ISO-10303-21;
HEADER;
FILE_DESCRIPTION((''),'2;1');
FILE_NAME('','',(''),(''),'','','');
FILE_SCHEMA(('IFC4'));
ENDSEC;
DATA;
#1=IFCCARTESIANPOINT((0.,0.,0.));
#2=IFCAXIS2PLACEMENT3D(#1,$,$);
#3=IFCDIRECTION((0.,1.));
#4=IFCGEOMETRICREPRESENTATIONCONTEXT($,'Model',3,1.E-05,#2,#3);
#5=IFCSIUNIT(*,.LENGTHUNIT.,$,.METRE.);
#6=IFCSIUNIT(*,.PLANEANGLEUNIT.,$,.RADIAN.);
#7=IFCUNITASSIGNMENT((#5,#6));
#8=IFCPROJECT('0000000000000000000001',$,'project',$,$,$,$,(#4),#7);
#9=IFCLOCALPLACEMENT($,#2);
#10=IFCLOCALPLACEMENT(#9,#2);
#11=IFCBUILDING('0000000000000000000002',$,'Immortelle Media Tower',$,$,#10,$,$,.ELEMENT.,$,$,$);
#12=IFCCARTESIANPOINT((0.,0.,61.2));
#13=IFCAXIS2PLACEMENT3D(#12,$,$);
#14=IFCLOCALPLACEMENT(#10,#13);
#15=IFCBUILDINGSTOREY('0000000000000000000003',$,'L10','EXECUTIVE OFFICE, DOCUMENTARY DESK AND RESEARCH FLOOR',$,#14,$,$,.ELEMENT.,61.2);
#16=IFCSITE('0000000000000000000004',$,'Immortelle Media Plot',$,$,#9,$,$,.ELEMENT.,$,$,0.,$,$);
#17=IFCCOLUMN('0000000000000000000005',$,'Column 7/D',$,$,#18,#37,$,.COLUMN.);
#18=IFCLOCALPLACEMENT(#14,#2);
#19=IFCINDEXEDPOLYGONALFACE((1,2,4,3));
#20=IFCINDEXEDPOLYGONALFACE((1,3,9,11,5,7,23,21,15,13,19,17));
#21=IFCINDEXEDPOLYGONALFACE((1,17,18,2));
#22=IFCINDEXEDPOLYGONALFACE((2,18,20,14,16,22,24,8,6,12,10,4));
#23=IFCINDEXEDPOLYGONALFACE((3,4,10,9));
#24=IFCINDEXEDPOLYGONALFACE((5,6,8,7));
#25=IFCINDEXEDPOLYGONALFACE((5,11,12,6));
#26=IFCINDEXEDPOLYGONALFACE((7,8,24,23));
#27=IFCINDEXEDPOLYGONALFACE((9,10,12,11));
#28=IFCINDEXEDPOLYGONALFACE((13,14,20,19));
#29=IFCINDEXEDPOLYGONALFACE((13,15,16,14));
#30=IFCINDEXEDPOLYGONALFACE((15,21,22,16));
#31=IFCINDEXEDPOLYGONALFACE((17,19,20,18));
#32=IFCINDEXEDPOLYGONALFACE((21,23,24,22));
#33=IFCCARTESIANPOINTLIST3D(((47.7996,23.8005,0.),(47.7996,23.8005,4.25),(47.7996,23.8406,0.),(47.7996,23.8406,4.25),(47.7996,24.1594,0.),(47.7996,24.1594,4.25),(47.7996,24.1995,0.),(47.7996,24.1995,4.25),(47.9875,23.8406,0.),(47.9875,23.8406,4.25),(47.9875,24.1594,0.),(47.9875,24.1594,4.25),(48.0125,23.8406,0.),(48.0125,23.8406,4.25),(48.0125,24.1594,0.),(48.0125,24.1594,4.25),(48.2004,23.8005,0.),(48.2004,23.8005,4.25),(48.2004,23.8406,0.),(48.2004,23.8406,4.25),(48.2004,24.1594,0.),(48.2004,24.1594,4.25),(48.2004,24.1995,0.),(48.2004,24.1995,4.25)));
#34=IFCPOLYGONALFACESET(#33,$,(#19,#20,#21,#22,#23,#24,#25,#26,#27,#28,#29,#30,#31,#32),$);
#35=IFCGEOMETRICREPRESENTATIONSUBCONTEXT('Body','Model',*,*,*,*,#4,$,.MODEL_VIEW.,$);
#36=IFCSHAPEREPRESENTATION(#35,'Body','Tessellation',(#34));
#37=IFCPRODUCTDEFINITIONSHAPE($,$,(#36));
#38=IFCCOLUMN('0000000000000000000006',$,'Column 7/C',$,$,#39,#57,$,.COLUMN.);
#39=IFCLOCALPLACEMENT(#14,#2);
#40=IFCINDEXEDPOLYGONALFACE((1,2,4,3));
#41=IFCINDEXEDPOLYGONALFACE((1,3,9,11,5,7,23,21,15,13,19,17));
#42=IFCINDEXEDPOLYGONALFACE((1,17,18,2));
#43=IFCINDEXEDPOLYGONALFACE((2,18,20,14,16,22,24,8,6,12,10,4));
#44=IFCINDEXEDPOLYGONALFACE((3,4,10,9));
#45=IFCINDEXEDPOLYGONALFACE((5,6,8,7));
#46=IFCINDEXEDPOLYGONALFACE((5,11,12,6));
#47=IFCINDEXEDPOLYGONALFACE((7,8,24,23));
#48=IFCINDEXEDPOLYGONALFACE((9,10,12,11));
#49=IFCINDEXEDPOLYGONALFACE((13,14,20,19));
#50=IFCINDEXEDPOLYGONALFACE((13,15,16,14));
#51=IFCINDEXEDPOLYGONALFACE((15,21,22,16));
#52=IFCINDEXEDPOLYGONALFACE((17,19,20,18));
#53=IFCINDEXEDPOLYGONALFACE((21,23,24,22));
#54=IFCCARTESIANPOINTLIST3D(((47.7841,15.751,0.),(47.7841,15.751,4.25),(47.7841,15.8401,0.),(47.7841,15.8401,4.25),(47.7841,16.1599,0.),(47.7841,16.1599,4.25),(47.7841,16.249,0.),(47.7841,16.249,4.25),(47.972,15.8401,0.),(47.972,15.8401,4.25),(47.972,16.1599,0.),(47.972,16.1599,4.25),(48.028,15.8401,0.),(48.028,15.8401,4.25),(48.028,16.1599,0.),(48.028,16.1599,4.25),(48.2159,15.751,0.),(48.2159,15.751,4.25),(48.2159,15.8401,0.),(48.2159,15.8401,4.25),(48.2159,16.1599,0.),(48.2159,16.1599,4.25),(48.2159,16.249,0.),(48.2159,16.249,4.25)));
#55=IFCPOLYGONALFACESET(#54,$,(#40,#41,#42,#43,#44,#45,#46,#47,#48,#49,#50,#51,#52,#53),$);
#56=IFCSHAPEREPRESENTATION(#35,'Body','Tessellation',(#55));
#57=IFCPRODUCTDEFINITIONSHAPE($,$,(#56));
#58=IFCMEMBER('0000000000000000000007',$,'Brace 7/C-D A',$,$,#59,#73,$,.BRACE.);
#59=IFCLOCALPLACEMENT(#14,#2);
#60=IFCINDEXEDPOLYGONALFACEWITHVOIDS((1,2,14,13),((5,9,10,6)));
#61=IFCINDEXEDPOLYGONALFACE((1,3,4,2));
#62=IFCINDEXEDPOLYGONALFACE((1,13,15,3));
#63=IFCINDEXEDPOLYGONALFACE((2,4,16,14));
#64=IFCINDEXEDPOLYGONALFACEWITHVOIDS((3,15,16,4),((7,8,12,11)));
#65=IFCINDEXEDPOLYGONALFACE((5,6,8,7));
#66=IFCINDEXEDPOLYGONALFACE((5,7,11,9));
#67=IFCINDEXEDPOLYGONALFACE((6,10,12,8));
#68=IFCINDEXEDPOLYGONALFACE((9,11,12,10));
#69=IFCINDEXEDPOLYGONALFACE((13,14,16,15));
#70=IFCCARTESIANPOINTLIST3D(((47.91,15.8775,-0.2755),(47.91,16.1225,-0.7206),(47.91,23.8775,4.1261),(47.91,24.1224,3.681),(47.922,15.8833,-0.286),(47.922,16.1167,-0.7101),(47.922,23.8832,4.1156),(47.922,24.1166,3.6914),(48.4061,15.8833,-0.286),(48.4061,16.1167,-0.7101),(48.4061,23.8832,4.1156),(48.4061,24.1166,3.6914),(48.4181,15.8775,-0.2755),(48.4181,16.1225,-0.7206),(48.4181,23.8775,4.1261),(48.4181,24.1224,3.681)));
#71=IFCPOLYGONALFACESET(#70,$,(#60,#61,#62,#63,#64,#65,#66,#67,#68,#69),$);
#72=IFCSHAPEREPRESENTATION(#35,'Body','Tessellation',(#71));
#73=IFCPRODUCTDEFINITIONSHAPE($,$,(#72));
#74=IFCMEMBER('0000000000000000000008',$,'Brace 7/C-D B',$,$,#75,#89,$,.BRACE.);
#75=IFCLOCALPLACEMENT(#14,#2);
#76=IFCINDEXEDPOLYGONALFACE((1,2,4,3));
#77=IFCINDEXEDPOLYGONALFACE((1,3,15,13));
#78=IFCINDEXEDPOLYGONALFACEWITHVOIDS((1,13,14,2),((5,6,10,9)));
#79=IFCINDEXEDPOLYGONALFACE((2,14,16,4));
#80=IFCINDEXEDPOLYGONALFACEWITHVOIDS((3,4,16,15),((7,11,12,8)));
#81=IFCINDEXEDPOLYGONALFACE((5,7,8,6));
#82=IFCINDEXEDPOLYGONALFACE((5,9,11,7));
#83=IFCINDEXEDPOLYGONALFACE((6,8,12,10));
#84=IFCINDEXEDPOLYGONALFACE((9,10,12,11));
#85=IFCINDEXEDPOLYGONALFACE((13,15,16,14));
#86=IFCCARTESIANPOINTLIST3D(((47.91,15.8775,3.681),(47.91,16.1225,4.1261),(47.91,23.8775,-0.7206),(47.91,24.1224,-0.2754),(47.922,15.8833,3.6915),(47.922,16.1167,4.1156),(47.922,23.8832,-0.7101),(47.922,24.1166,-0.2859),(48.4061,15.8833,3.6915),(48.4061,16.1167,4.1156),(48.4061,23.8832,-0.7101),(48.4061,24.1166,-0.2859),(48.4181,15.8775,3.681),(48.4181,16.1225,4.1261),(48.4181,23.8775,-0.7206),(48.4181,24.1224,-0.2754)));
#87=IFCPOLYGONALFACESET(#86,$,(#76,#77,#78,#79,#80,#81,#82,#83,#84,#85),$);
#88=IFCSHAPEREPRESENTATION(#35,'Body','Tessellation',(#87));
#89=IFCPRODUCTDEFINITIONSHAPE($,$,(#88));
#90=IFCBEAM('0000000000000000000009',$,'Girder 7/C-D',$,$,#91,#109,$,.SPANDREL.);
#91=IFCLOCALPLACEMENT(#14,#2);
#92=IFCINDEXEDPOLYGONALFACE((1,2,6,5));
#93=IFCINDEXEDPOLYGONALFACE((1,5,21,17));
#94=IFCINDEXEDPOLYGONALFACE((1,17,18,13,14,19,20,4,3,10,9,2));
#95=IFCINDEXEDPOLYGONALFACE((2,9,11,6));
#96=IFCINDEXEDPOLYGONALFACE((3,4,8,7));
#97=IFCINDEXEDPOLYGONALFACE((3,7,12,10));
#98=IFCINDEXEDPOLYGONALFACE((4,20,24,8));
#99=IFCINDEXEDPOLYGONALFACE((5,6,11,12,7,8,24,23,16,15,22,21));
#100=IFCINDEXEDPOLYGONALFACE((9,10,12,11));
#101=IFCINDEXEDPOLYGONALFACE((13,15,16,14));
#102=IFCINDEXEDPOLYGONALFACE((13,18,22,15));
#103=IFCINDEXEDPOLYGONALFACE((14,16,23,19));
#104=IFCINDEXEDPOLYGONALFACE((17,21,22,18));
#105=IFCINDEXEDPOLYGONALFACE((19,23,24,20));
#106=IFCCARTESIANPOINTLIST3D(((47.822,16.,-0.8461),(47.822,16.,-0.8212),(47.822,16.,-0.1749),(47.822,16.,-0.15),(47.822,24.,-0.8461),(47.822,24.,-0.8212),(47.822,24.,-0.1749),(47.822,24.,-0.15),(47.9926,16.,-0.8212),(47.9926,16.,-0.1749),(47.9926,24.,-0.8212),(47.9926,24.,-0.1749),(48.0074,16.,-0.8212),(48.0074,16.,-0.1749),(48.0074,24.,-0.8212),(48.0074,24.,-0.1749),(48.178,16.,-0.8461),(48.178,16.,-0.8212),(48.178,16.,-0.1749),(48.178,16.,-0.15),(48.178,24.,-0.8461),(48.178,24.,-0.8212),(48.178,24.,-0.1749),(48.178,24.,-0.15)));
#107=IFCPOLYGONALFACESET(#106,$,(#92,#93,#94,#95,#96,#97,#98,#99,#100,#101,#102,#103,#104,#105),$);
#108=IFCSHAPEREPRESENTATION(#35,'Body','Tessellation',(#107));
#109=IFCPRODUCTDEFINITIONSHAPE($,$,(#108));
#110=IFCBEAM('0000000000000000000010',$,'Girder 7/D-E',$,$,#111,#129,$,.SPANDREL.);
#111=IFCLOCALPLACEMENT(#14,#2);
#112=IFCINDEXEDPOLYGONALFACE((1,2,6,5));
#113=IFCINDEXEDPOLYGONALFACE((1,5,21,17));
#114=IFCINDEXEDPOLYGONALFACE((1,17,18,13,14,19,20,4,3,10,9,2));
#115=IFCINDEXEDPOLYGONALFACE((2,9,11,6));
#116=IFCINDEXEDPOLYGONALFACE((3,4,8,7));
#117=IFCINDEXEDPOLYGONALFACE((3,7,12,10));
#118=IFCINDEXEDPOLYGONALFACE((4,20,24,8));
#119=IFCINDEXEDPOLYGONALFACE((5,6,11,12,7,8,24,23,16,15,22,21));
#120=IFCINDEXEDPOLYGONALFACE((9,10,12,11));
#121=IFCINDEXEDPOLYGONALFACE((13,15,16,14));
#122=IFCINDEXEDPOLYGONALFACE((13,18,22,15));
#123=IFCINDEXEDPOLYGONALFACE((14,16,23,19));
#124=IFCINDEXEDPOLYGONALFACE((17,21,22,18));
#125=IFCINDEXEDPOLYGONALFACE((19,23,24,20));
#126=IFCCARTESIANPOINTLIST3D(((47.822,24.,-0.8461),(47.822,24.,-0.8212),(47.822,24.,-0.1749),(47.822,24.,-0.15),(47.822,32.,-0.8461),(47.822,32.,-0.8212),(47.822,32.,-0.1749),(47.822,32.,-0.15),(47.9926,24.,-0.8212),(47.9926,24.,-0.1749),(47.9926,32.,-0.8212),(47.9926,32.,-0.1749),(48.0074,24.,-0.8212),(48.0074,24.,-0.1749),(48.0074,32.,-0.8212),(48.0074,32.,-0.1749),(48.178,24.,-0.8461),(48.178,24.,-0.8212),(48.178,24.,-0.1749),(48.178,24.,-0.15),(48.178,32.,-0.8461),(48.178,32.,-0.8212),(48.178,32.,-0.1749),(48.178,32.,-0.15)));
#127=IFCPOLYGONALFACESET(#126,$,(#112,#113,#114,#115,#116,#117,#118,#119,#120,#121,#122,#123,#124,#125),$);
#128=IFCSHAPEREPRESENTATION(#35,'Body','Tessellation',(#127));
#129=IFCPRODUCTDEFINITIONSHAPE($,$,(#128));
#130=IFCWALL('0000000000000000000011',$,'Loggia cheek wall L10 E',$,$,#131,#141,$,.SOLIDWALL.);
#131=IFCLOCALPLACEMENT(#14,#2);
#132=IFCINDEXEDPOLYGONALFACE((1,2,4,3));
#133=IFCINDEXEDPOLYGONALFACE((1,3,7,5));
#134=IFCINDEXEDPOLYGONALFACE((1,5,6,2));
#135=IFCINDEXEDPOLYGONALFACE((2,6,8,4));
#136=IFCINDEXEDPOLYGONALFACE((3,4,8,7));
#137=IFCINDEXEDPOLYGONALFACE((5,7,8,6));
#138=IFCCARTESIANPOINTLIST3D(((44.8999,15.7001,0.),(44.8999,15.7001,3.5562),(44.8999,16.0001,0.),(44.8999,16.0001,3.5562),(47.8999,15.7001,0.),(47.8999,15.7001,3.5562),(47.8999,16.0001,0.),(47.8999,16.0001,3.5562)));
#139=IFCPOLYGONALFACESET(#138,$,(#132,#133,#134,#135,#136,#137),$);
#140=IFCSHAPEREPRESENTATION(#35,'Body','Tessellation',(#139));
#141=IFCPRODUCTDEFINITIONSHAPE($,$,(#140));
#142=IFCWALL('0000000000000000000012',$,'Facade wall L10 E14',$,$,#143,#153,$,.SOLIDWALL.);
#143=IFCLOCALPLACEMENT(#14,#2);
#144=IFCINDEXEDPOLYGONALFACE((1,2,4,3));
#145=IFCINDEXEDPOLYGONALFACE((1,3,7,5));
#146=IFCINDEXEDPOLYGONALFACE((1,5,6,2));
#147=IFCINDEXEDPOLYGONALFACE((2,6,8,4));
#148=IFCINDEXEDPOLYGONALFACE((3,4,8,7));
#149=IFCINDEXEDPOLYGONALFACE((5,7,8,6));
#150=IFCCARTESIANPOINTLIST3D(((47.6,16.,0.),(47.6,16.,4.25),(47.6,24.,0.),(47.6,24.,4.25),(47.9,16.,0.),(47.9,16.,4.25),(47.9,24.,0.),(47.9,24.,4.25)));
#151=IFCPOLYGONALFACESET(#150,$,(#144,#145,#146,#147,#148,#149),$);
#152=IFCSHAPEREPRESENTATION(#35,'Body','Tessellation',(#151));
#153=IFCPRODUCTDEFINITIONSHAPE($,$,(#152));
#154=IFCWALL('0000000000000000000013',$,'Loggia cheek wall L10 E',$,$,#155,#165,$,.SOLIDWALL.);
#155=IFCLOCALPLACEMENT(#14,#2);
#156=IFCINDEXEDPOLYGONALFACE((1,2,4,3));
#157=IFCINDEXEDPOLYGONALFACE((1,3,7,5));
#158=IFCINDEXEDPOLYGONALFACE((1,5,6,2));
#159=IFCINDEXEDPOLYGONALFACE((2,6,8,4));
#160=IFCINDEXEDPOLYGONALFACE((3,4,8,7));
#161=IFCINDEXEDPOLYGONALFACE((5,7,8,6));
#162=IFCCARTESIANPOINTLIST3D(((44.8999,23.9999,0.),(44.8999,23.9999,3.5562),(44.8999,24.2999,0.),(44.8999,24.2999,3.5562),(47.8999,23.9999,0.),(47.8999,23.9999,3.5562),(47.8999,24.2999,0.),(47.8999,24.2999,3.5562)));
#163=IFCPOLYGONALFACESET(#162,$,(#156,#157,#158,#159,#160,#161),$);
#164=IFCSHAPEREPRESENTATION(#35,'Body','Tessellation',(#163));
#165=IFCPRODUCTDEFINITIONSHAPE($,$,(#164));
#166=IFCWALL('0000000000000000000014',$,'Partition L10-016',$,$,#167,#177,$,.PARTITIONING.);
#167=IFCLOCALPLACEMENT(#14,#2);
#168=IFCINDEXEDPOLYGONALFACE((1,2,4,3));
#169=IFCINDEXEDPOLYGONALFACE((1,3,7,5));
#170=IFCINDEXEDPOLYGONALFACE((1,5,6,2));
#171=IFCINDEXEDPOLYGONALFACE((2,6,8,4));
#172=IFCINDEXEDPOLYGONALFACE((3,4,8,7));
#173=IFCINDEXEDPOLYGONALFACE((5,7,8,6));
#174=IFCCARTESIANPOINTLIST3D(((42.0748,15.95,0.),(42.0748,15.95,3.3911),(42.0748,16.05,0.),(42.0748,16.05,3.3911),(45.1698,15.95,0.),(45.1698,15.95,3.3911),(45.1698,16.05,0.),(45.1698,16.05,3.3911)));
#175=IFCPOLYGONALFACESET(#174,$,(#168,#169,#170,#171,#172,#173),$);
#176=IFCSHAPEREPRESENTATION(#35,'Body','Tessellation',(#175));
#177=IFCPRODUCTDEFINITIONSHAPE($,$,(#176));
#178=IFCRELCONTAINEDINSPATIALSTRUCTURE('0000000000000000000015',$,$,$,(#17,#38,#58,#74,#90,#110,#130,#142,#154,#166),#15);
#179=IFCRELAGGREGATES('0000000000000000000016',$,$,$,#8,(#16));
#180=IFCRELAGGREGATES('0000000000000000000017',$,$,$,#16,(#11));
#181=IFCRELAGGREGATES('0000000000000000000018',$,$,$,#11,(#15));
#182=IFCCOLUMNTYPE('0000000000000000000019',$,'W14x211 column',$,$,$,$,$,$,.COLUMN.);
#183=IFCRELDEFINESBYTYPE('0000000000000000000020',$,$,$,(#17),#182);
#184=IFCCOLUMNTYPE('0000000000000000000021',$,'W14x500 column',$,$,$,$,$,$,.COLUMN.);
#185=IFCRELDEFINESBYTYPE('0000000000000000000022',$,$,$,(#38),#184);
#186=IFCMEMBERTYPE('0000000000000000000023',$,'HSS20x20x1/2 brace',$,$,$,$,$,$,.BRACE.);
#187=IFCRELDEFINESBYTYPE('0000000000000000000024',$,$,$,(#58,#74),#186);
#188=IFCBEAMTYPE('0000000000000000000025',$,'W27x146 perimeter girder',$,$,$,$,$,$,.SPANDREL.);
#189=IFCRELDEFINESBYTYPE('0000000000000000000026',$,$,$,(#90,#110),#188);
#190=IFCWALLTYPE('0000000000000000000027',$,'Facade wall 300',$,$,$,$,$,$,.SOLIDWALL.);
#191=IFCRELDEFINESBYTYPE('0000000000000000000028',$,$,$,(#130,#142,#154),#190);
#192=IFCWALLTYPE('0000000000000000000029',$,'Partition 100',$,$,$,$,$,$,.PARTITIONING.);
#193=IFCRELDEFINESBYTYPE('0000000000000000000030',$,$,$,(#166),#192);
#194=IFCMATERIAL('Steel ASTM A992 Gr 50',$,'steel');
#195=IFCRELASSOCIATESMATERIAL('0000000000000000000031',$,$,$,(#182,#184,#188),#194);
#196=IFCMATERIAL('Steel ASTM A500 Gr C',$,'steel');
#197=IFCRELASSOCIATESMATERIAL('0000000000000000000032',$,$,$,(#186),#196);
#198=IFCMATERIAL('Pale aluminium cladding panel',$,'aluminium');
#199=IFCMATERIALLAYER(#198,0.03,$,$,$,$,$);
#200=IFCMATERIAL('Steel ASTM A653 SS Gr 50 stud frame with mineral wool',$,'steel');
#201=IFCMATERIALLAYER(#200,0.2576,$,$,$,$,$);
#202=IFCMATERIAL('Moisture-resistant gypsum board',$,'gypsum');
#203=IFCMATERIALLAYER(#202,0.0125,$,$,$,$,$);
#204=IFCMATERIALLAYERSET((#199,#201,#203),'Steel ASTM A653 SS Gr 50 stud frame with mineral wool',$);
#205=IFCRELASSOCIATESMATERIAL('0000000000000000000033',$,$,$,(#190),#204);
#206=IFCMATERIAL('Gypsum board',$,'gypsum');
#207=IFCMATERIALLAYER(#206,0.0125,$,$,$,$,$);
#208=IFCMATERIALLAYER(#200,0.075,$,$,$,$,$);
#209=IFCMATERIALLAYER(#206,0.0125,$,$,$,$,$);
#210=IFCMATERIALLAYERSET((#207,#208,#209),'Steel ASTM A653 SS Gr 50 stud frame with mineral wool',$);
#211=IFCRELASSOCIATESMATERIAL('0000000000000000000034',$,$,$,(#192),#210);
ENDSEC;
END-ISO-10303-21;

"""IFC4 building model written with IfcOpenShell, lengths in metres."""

from ifc_helpers import new_model, si_unit, direction, frame, frame_2d, origin, origin_2d, place, context, subcontext, project, spatial, rectangle, hollow_rectangle, i_section, extrude, material, layer, layer_set, material_profile, profile_set, type_object, element, save


model = new_model("IFC4")

# Units and contexts
model_context = context("Model", 3, precision=1e-05, world=origin(), true_north=direction((0.0, 1.0)))
body_context = subcontext(model_context, "Body", "Model", "MODEL_VIEW")
ifc_project = project(units=[si_unit("LENGTHUNIT", "METRE"), si_unit("PLANEANGLEUNIT", "RADIAN")], contexts=[model_context])

# Site, building, storey
site_placement = place(None, origin())
site = spatial("IfcSite", under=ifc_project, at=site_placement, Name="Immortelle Media Plot", CompositionType="ELEMENT", RefElevation=0.0)
building_placement = place(site_placement, origin())
building = spatial("IfcBuilding", under=site, at=building_placement, Name="Immortelle Media Tower", CompositionType="ELEMENT")
storey_placement = place(building_placement, frame((0.0, 0.0, 61.2)))
storey = spatial("IfcBuildingStorey", under=building, at=storey_placement, Name="L10", Description="EXECUTIVE OFFICE, DOCUMENTARY DESK AND RESEARCH FLOOR", CompositionType="ELEMENT", Elevation=61.2)

# Columns
ifc_material_1 = material(Name="Steel ASTM A992 Gr 50", Category="steel")
ifc_material_profile_1 = material_profile(ifc_material_1, i_section(OverallWidth=0.4009, OverallDepth=0.3989, WebThickness=0.0249, FlangeThickness=0.04, at=origin_2d()), Name="W14x211")
ifc_profile_set_1 = profile_set([ifc_material_profile_1], Name="Steel ASTM A992 Gr 50")
column_type_1 = type_object("IfcColumnType", Name="W14x211 column", PredefinedType="COLUMN", material=ifc_profile_set_1)
column_1_placement = place(storey_placement, frame((48.0, 24.0, 0.0), z_axis=(0.0, 0.0, 1.0), x_axis=(1.0, 0.0, 0.0)))
element("IfcColumn", 1, at=column_1_placement, inside=storey, type_object=column_type_1, Name="Column 7/D", PredefinedType="COLUMN", context=body_context, shape_type="SweptSolid", body=[
    extrude(i_section(OverallWidth=0.4009, OverallDepth=0.3989, WebThickness=0.0249, FlangeThickness=0.04, at=origin_2d()), origin(), (0.0, 0.0, 1.0), 4.25),
])
ifc_material_profile_2 = material_profile(ifc_material_1, i_section(OverallWidth=0.4319, OverallDepth=0.498, WebThickness=0.0559, FlangeThickness=0.0891, at=origin_2d()), Name="W14x500")
ifc_profile_set_2 = profile_set([ifc_material_profile_2], Name="Steel ASTM A992 Gr 50")
column_type_2 = type_object("IfcColumnType", Name="W14x500 column", PredefinedType="COLUMN", material=ifc_profile_set_2)
column_2_placement = place(storey_placement, frame((48.0, 16.0, 0.0), z_axis=(0.0, 0.0, 1.0), x_axis=(1.0, 0.0, 0.0)))
element("IfcColumn", 2, at=column_2_placement, inside=storey, type_object=column_type_2, Name="Column 7/C", PredefinedType="COLUMN", context=body_context, shape_type="SweptSolid", body=[
    extrude(i_section(OverallWidth=0.4319, OverallDepth=0.498, WebThickness=0.0559, FlangeThickness=0.0891, at=origin_2d()), origin(), (0.0, 0.0, 1.0), 4.25),
])

# Members
ifc_material_2 = material(Name="Steel ASTM A500 Gr C", Category="steel")
ifc_material_profile_3 = material_profile(ifc_material_2, hollow_rectangle(XDim=0.5081, YDim=0.5081, WallThickness=0.012, at=origin_2d()), Name="HSS20x20x1/2 brace")
ifc_profile_set_3 = profile_set([ifc_material_profile_3], Name="Steel ASTM A500 Gr C")
member_type = type_object("IfcMemberType", Name="HSS20x20x1/2 brace", PredefinedType="BRACE", material=ifc_profile_set_3)
for number, where, z_axis, x_axis, name in (
    (3, (48.1641, 16.0, -0.498), (0.0, 0.876141, 0.482054), (-1.0, 0.0, 0.0), "Brace 7/C-D A"),
    (4, (48.1641, 16.0, 3.9036), (0.0, 0.876141, -0.482054), (-1.0, 0.0, 0.0), "Brace 7/C-D B"),
):
    element("IfcMember", number, at=place(storey_placement, frame(where, z_axis=z_axis, x_axis=x_axis)), inside=storey, type_object=member_type, Name=name, PredefinedType="BRACE", context=body_context, shape_type="SweptSolid", body=[
        extrude(hollow_rectangle(XDim=0.5081, YDim=0.5081, WallThickness=0.012, at=origin_2d()), origin(), (0.0, 0.0, 1.0), 9.1309),
    ])

# Beams
ifc_material_profile_4 = material_profile(ifc_material_1, i_section(OverallWidth=0.356, OverallDepth=0.696, WebThickness=0.0149, FlangeThickness=0.0249, at=origin_2d()), Name="W27x146")
ifc_profile_set_4 = profile_set([ifc_material_profile_4], Name="Steel ASTM A992 Gr 50")
beam_type = type_object("IfcBeamType", Name="W27x146 perimeter girder", PredefinedType="SPANDREL", material=ifc_profile_set_4)
for number, where, z_axis, x_axis, name in (
    (5, (48.0, 16.0, -0.498), (0.0, 1.0, 0.0), (-1.0, 0.0, 0.0), "Girder 7/C-D"),
    (6, (48.0, 24.0, -0.498), (0.0, 1.0, 0.0), (-1.0, 0.0, 0.0), "Girder 7/D-E"),
):
    element("IfcBeam", number, at=place(storey_placement, frame(where, z_axis=z_axis, x_axis=x_axis)), inside=storey, type_object=beam_type, Name=name, PredefinedType="SPANDREL", context=body_context, shape_type="SweptSolid", body=[
        extrude(i_section(OverallWidth=0.356, OverallDepth=0.696, WebThickness=0.0149, FlangeThickness=0.0249, at=origin_2d()), origin(), (0.0, 0.0, 1.0), 8.0),
    ])

# Walls
ifc_material_3 = material(Name="Pale aluminium cladding panel", Category="aluminium")
ifc_layer_1 = layer(ifc_material_3, 0.03)
ifc_material_4 = material(Name="Steel ASTM A653 SS Gr 50 stud frame with mineral wool", Category="steel")
ifc_layer_2 = layer(ifc_material_4, 0.2576)
ifc_material_5 = material(Name="Moisture-resistant gypsum board", Category="gypsum")
ifc_layer_3 = layer(ifc_material_5, 0.0125)
ifc_layer_set_1 = layer_set([ifc_layer_1, ifc_layer_2, ifc_layer_3], Name="Steel ASTM A653 SS Gr 50 stud frame with mineral wool")
wall_type_1 = type_object("IfcWallType", Name="Facade wall 300", PredefinedType="SOLIDWALL", material=ifc_layer_set_1)
wall_1_placement = place(storey_placement, frame((47.8999, 15.8501, 0.0), z_axis=(0.0, 0.0, 1.0), x_axis=(-1.0, 0.0, 0.0)))
element("IfcWall", 7, at=wall_1_placement, inside=storey, type_object=wall_type_1, Name="Loggia cheek wall L10 E", PredefinedType="SOLIDWALL", context=body_context, shape_type="SweptSolid", body=[
    extrude(rectangle(XDim=3.0, YDim=0.3, at=frame_2d((1.5, 0.0))), origin(), (0.0, 0.0, 1.0), 3.5562),
])
wall_2_placement = place(storey_placement, frame((47.75, 16.0, 0.0), z_axis=(0.0, 0.0, 1.0), x_axis=(0.0, 1.0, 0.0)))
element("IfcWall", 8, at=wall_2_placement, inside=storey, type_object=wall_type_1, Name="Facade wall L10 E14", PredefinedType="SOLIDWALL", context=body_context, shape_type="SweptSolid", body=[
    extrude(rectangle(XDim=8.0, YDim=0.3, at=frame_2d((4.0, 0.0))), origin(), (0.0, 0.0, 1.0), 4.25),
])
wall_3_placement = place(storey_placement, frame((47.8999, 24.1499, 0.0), z_axis=(0.0, 0.0, 1.0), x_axis=(-1.0, 0.0, 0.0)))
element("IfcWall", 9, at=wall_3_placement, inside=storey, type_object=wall_type_1, Name="Loggia cheek wall L10 E", PredefinedType="SOLIDWALL", context=body_context, shape_type="SweptSolid", body=[
    extrude(rectangle(XDim=3.0, YDim=0.3, at=frame_2d((1.5, 0.0))), origin(), (0.0, 0.0, 1.0), 3.5562),
])
ifc_material_6 = material(Name="Gypsum board", Category="gypsum")
ifc_layer_4 = layer(ifc_material_6, 0.0125)
ifc_layer_5 = layer(ifc_material_4, 0.075)
ifc_layer_6 = layer(ifc_material_6, 0.0125)
ifc_layer_set_2 = layer_set([ifc_layer_4, ifc_layer_5, ifc_layer_6], Name="Steel ASTM A653 SS Gr 50 stud frame with mineral wool")
wall_type_2 = type_object("IfcWallType", Name="Partition 100", PredefinedType="PARTITIONING", material=ifc_layer_set_2)
wall_4_placement = place(storey_placement, frame((42.075, 16.0, 0.0), z_axis=(0.0, 0.0, 1.0), x_axis=(1.0, 0.0, 0.0)))
element("IfcWall", 10, at=wall_4_placement, inside=storey, type_object=wall_type_2, Name="Partition L10-016", PredefinedType="PARTITIONING", context=body_context, shape_type="SweptSolid", body=[
    extrude(rectangle(XDim=3.095, YDim=0.1001, at=frame_2d((1.5474, 0.0))), origin(), (0.0, 0.0, 1.0), 3.3911),
])

save(model, "model.ifc")
